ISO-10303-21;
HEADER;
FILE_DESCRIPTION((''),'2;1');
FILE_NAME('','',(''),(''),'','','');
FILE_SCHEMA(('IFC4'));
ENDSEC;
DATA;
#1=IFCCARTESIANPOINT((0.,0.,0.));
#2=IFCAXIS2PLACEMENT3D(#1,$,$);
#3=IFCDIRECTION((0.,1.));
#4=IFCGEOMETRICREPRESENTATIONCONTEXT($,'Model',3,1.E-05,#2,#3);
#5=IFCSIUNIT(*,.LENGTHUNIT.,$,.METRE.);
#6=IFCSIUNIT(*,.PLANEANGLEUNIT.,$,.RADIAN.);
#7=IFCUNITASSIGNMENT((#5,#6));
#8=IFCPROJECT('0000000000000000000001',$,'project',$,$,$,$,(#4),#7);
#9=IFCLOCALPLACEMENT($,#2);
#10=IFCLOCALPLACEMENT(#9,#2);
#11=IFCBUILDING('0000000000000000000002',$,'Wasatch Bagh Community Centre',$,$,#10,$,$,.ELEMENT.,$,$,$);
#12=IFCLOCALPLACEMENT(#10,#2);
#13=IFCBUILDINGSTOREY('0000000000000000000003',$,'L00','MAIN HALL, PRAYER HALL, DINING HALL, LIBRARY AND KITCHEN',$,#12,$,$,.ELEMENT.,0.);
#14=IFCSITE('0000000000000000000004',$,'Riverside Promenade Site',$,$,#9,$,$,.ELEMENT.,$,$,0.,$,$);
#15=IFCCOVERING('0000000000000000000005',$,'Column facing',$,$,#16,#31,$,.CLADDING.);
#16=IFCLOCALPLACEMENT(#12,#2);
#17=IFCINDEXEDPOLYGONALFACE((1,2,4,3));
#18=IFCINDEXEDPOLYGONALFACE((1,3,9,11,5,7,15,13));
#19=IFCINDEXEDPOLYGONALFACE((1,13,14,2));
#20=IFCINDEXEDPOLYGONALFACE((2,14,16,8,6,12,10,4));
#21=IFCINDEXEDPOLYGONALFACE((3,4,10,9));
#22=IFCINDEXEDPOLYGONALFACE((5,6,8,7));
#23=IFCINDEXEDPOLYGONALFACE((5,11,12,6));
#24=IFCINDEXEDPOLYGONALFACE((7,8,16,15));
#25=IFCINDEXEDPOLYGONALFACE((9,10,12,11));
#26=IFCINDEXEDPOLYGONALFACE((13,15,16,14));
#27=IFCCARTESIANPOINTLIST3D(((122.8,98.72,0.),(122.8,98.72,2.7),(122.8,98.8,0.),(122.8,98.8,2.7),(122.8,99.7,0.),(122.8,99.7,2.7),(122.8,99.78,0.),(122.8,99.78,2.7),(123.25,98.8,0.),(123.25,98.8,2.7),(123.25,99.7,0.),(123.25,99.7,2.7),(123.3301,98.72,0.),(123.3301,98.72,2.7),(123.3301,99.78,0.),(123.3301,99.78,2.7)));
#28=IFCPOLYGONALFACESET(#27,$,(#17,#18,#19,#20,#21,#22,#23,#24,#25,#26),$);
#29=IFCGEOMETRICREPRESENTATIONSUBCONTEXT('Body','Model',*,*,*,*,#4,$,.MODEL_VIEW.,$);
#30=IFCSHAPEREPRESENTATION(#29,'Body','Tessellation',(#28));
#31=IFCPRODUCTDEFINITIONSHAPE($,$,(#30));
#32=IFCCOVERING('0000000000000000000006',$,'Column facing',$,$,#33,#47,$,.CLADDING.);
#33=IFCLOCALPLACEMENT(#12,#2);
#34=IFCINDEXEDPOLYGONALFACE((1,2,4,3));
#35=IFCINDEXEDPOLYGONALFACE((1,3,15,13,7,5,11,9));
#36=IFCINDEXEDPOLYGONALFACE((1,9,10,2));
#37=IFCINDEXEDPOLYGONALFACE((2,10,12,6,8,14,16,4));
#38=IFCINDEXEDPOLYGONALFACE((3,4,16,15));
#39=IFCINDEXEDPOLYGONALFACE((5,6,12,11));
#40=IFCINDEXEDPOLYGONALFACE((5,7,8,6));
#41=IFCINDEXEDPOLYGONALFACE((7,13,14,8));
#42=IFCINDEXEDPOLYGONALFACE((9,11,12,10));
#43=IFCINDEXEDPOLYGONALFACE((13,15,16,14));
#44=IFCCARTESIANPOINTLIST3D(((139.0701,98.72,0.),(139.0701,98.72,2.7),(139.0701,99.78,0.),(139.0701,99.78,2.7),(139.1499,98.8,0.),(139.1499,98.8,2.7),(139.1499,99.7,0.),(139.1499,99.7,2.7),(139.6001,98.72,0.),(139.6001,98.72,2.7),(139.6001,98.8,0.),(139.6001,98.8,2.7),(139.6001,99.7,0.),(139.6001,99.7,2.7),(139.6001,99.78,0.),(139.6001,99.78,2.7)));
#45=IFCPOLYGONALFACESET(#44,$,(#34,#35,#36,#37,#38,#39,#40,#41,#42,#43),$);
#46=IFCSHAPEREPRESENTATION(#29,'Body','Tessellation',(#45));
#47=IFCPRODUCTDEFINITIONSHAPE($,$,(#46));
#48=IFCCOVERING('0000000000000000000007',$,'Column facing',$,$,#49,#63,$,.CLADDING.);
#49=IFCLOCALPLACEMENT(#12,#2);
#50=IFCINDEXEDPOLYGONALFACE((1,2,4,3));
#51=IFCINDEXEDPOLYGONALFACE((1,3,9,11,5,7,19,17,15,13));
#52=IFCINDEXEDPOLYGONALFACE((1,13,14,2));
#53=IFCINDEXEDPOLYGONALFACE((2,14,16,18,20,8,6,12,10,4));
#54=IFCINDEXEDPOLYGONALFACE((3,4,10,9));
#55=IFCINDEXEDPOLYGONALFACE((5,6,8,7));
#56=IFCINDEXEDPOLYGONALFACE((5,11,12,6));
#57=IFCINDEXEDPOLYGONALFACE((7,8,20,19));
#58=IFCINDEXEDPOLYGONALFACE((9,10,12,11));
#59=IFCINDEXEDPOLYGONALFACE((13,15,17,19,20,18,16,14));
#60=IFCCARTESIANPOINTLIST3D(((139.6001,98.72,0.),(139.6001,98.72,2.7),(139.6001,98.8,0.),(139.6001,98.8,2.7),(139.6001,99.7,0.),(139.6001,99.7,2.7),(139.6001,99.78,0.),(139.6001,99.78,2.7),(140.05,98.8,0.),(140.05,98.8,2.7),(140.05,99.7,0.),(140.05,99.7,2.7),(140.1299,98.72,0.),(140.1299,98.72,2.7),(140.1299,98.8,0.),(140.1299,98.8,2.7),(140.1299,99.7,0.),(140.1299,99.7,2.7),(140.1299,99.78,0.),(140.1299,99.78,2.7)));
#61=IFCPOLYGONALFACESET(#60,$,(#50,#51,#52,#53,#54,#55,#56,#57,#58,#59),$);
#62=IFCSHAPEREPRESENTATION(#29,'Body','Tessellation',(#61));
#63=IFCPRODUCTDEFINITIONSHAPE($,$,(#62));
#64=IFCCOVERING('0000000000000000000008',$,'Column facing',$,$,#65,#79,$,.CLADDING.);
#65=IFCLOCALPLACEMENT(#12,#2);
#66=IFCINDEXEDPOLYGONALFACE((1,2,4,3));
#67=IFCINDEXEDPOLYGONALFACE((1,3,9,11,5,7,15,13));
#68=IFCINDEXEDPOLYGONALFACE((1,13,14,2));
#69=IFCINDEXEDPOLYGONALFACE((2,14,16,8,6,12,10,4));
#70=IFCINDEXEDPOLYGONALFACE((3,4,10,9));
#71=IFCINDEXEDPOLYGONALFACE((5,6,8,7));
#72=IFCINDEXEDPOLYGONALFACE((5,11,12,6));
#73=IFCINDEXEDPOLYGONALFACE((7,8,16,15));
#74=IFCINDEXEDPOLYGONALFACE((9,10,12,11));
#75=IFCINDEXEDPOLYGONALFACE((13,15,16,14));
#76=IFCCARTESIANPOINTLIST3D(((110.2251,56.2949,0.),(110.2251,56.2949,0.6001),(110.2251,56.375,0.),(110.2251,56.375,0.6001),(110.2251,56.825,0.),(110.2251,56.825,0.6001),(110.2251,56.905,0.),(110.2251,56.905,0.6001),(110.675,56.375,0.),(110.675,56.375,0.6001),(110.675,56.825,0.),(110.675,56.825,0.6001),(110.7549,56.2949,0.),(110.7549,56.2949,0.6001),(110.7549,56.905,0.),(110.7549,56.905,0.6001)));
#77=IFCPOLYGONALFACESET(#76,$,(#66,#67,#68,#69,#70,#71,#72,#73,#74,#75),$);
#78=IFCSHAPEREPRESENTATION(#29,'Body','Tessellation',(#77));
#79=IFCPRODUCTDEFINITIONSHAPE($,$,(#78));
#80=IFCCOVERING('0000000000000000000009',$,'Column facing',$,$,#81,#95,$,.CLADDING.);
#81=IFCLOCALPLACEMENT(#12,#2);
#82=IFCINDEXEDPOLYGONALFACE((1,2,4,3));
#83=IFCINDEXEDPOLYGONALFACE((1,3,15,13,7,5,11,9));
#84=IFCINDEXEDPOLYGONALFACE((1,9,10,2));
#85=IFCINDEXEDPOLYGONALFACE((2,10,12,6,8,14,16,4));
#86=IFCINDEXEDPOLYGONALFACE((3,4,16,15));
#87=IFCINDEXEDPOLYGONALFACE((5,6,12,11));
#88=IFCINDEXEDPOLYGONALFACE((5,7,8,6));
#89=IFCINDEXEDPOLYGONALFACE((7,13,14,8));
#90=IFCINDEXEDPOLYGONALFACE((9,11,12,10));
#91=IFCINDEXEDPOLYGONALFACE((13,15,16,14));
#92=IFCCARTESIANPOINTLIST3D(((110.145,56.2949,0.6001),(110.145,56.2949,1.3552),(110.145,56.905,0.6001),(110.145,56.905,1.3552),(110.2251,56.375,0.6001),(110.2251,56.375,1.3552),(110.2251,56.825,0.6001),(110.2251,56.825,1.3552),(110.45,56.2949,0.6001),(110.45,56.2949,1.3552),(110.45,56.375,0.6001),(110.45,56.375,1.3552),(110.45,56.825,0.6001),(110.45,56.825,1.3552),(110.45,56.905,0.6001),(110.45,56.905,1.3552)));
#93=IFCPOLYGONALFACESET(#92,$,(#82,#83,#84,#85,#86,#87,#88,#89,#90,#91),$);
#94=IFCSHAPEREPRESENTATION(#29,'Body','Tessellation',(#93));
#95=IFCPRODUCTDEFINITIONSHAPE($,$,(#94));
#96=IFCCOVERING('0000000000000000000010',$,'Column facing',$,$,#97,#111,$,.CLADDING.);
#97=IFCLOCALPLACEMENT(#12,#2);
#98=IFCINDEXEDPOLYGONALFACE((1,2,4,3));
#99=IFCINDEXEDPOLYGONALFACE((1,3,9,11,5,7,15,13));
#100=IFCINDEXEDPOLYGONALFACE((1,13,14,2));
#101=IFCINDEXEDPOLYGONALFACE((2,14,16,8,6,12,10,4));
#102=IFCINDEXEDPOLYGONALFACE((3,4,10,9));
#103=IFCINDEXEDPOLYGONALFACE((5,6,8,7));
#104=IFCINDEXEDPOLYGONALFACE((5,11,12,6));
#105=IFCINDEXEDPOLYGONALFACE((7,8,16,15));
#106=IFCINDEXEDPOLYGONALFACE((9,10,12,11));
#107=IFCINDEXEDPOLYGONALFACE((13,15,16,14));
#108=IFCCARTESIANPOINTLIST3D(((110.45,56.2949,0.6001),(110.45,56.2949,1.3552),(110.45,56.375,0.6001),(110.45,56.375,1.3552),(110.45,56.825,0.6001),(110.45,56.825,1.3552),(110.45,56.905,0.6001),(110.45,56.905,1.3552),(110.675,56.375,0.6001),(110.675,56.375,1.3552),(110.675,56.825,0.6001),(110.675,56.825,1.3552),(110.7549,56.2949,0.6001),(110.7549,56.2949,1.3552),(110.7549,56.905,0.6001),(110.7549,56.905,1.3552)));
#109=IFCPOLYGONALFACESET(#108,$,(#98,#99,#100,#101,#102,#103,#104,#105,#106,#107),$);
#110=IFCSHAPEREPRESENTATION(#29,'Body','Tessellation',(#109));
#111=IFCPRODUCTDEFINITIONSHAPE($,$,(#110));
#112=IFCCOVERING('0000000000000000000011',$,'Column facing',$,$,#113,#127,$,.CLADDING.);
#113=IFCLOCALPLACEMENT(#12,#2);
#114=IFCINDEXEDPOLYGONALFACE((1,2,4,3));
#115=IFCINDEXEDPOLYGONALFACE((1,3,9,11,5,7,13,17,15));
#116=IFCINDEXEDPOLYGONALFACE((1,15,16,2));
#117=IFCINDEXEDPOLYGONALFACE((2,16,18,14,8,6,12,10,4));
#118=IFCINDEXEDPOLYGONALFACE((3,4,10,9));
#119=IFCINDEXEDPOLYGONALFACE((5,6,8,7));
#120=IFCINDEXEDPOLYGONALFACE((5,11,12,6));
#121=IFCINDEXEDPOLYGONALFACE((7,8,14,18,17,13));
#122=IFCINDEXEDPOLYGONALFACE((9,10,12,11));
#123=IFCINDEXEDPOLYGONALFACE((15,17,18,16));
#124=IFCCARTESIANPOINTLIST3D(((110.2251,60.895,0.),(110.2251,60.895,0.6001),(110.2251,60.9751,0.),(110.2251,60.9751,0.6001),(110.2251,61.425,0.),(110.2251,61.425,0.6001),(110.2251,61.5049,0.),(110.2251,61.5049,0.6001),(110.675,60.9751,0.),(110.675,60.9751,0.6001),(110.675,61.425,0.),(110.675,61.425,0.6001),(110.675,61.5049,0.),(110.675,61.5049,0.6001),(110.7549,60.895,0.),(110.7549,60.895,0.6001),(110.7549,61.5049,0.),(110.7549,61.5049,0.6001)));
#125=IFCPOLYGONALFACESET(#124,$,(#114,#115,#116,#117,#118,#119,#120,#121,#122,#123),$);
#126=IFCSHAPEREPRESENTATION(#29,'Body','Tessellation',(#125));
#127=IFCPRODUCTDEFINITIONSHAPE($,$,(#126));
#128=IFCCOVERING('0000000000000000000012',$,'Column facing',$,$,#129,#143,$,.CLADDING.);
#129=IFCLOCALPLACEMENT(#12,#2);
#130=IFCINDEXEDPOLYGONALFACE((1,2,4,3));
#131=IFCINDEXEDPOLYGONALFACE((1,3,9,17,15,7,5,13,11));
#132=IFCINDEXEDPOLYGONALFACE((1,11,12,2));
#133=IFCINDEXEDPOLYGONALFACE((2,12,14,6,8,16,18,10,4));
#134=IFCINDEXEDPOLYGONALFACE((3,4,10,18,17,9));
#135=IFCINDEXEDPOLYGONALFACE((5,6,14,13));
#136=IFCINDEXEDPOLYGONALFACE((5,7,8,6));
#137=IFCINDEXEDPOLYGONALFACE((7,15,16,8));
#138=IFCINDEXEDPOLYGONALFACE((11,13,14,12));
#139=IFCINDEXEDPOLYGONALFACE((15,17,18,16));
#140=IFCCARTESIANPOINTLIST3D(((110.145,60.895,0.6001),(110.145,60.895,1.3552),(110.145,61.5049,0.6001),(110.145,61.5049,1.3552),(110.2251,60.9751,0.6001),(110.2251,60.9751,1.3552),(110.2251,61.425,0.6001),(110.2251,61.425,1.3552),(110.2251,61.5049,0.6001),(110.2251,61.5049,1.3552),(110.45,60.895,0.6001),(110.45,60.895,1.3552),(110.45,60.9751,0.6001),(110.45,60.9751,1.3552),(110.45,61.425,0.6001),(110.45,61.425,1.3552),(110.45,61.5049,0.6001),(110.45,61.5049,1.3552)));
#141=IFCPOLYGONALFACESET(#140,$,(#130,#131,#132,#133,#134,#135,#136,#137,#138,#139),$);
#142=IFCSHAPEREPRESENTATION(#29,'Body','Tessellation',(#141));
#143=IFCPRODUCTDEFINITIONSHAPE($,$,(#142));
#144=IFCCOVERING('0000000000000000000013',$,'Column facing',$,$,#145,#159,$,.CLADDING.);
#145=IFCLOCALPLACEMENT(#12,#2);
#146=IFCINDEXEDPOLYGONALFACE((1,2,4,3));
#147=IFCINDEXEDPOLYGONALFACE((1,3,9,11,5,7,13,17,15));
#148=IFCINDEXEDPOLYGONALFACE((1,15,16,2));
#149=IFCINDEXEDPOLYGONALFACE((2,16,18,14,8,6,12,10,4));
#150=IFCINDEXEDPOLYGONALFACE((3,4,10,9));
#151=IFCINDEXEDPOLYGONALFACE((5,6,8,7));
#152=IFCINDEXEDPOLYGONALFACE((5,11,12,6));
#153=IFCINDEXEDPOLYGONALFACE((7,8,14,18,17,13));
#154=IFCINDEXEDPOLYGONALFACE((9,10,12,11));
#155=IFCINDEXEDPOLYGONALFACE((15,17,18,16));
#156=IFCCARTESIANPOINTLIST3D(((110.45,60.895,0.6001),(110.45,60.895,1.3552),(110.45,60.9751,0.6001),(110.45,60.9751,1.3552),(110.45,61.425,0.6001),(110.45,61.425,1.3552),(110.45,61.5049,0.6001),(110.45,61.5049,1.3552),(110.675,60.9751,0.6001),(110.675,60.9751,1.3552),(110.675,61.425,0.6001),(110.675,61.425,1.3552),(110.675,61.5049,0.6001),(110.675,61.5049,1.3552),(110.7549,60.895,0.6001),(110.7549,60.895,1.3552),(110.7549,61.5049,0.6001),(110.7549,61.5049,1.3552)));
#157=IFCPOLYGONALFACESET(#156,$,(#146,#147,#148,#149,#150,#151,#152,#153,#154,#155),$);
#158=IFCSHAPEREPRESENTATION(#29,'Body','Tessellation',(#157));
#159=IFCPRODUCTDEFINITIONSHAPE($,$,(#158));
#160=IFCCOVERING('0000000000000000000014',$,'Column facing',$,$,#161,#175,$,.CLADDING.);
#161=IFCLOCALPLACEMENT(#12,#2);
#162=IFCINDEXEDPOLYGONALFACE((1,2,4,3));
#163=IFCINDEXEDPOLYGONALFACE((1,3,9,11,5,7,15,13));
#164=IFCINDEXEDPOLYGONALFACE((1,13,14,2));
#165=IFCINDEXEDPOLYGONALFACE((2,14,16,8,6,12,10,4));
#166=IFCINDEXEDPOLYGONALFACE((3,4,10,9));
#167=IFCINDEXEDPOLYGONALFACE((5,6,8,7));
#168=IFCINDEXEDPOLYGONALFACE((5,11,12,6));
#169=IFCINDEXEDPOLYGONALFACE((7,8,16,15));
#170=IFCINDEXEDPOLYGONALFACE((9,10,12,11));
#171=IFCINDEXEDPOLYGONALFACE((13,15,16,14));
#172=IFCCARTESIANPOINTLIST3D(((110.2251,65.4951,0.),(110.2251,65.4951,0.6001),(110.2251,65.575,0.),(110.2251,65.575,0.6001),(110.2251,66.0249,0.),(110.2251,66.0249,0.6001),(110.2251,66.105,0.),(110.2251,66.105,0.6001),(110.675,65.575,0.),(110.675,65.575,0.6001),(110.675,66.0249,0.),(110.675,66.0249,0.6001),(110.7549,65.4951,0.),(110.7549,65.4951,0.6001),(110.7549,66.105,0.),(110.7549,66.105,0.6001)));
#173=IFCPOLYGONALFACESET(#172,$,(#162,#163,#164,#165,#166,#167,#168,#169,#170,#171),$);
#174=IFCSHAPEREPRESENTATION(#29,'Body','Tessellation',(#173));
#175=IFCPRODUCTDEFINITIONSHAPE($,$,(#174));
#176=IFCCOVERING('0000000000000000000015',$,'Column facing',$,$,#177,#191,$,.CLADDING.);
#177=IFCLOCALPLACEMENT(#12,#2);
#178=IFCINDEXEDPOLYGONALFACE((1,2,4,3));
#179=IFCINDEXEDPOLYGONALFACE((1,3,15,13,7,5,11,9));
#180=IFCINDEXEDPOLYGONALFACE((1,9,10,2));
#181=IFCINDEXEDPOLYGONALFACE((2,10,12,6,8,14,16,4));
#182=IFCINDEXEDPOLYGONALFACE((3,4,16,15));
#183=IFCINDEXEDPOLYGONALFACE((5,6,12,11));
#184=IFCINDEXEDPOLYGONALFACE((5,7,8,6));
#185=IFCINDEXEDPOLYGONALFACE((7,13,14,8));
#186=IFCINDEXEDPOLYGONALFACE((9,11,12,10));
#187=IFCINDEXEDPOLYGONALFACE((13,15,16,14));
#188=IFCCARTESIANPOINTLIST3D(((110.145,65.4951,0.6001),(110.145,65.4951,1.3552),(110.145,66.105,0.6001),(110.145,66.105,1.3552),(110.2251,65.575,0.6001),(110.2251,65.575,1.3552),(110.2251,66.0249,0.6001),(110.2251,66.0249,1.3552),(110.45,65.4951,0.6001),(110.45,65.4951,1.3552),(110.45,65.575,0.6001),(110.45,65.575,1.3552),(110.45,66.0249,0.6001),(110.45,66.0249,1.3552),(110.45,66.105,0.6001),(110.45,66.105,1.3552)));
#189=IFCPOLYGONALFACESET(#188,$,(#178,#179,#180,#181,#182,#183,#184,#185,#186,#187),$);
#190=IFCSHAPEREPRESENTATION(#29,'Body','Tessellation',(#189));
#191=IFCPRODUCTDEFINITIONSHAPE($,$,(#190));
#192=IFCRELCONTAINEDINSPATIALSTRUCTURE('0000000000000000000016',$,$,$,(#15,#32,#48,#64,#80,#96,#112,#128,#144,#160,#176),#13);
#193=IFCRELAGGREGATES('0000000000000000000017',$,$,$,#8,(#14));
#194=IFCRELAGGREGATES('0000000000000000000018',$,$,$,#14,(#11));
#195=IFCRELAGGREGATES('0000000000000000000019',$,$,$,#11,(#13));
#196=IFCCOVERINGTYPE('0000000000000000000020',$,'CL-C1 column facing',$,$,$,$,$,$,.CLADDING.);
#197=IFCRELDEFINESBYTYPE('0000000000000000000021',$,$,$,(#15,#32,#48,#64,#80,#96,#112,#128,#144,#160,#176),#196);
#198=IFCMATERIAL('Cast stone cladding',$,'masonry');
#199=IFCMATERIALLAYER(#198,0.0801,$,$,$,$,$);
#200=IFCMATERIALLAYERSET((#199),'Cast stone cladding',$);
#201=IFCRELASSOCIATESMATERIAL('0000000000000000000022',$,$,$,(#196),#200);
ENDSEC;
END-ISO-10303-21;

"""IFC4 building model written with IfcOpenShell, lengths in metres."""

from ifc_helpers import new_model, si_unit, direction, frame, origin, place, context, subcontext, project, spatial, polyline, outline, extrude, material, layer, layer_set, type_object, element, save


model = new_model("IFC4")

# Units and contexts
model_context = context("Model", 3, precision=1e-05, world=origin(), true_north=direction((0.0, 1.0)))
body_context = subcontext(model_context, "Body", "Model", "MODEL_VIEW")
ifc_project = project(units=[si_unit("LENGTHUNIT", "METRE"), si_unit("PLANEANGLEUNIT", "RADIAN")], contexts=[model_context])

# Site, building, storey
site_placement = place(None, origin())
site = spatial("IfcSite", under=ifc_project, at=site_placement, Name="Riverside Promenade Site", CompositionType="ELEMENT", RefElevation=0.0)
building_placement = place(site_placement, origin())
building = spatial("IfcBuilding", under=site, at=building_placement, Name="Wasatch Bagh Community Centre", CompositionType="ELEMENT")
storey_placement = place(building_placement, origin())
storey = spatial("IfcBuildingStorey", under=building, at=storey_placement, Name="L00", Description="MAIN HALL, PRAYER HALL, DINING HALL, LIBRARY AND KITCHEN", CompositionType="ELEMENT", Elevation=0.0)

# Coverings
ifc_material = material(Name="Cast stone cladding", Category="masonry")
ifc_layer = layer(ifc_material, 0.0801)
ifc_layer_set = layer_set([ifc_layer], Name="Cast stone cladding")
covering_type = type_object("IfcCoveringType", Name="CL-C1 column facing", PredefinedType="CLADDING", material=ifc_layer_set)
covering_1_placement = place(storey_placement, origin())
element("IfcCovering", 1, at=covering_1_placement, inside=storey, type_object=covering_type, Name="Column facing", PredefinedType="CLADDING", context=body_context, shape_type="SweptSolid", body=[
    extrude(outline(polyline([(123.3301, 99.78), (123.3301, 98.72), (122.8, 98.72), (122.8, 98.8), (123.25, 98.8), (123.25, 99.7), (122.8, 99.7), (122.8, 99.78), (123.3301, 99.78)])), origin(), (0.0, 0.0, 1.0), 2.7),
])
covering_2_placement = place(storey_placement, origin())
element("IfcCovering", 2, at=covering_2_placement, inside=storey, type_object=covering_type, Name="Column facing", PredefinedType="CLADDING", context=body_context, shape_type="SweptSolid", body=[
    extrude(outline(polyline([(139.6001, 99.78), (139.6001, 99.7), (139.1499, 99.7), (139.1499, 98.8), (139.6001, 98.8), (139.6001, 98.72), (139.0701, 98.72), (139.0701, 99.78), (139.6001, 99.78)])), origin(), (0.0, 0.0, 1.0), 2.7),
])
covering_3_placement = place(storey_placement, origin())
element("IfcCovering", 3, at=covering_3_placement, inside=storey, type_object=covering_type, Name="Column facing", PredefinedType="CLADDING", context=body_context, shape_type="SweptSolid", body=[
    extrude(outline(polyline([(140.1299, 99.78), (140.1299, 99.7), (140.1299, 98.8), (140.1299, 98.72), (139.6001, 98.72), (139.6001, 98.8), (140.05, 98.8), (140.05, 99.7), (139.6001, 99.7), (139.6001, 99.78), (140.1299, 99.78)])), origin(), (0.0, 0.0, 1.0), 2.7),
])
covering_4_placement = place(storey_placement, origin())
element("IfcCovering", 4, at=covering_4_placement, inside=storey, type_object=covering_type, Name="Column facing", PredefinedType="CLADDING", context=body_context, shape_type="SweptSolid", body=[
    extrude(outline(polyline([(110.7549, 56.2949), (110.2251, 56.2949), (110.2251, 56.375), (110.675, 56.375), (110.675, 56.825), (110.2251, 56.825), (110.2251, 56.905), (110.7549, 56.905), (110.7549, 56.2949)])), origin(), (0.0, 0.0, 1.0), 0.6001),
])
covering_5_placement = place(storey_placement, frame((0.0, 0.0, 0.6001)))
element("IfcCovering", 5, at=covering_5_placement, inside=storey, type_object=covering_type, Name="Column facing", PredefinedType="CLADDING", context=body_context, shape_type="SweptSolid", body=[
    extrude(outline(polyline([(110.45, 56.905), (110.45, 56.825), (110.2251, 56.825), (110.2251, 56.375), (110.45, 56.375), (110.45, 56.2949), (110.145, 56.2949), (110.145, 56.905), (110.45, 56.905)])), origin(), (0.0, 0.0, 1.0), 0.7551),
])
covering_6_placement = place(storey_placement, frame((0.0, 0.0, 0.6001)))
element("IfcCovering", 6, at=covering_6_placement, inside=storey, type_object=covering_type, Name="Column facing", PredefinedType="CLADDING", context=body_context, shape_type="SweptSolid", body=[
    extrude(outline(polyline([(110.7549, 56.905), (110.7549, 56.2949), (110.45, 56.2949), (110.45, 56.375), (110.675, 56.375), (110.675, 56.825), (110.45, 56.825), (110.45, 56.905), (110.7549, 56.905)])), origin(), (0.0, 0.0, 1.0), 0.7551),
])
covering_7_placement = place(storey_placement, origin())
element("IfcCovering", 7, at=covering_7_placement, inside=storey, type_object=covering_type, Name="Column facing", PredefinedType="CLADDING", context=body_context, shape_type="SweptSolid", body=[
    extrude(outline(polyline([(110.7549, 60.895), (110.2251, 60.895), (110.2251, 60.9751), (110.675, 60.9751), (110.675, 61.425), (110.2251, 61.425), (110.2251, 61.5049), (110.675, 61.5049), (110.7549, 61.5049), (110.7549, 60.895)])), origin(), (0.0, 0.0, 1.0), 0.6001),
])
covering_8_placement = place(storey_placement, frame((0.0, 0.0, 0.6001)))
element("IfcCovering", 8, at=covering_8_placement, inside=storey, type_object=covering_type, Name="Column facing", PredefinedType="CLADDING", context=body_context, shape_type="SweptSolid", body=[
    extrude(outline(polyline([(110.2251, 61.5049), (110.45, 61.5049), (110.45, 61.425), (110.2251, 61.425), (110.2251, 60.9751), (110.45, 60.9751), (110.45, 60.895), (110.145, 60.895), (110.145, 61.5049), (110.2251, 61.5049)])), origin(), (0.0, 0.0, 1.0), 0.7551),
])
covering_9_placement = place(storey_placement, frame((0.0, 0.0, 0.6001)))
element("IfcCovering", 9, at=covering_9_placement, inside=storey, type_object=covering_type, Name="Column facing", PredefinedType="CLADDING", context=body_context, shape_type="SweptSolid", body=[
    extrude(outline(polyline([(110.675, 61.5049), (110.7549, 61.5049), (110.7549, 60.895), (110.45, 60.895), (110.45, 60.9751), (110.675, 60.9751), (110.675, 61.425), (110.45, 61.425), (110.45, 61.5049), (110.675, 61.5049)])), origin(), (0.0, 0.0, 1.0), 0.7551),
])
covering_10_placement = place(storey_placement, origin())
element("IfcCovering", 10, at=covering_10_placement, inside=storey, type_object=covering_type, Name="Column facing", PredefinedType="CLADDING", context=body_context, shape_type="SweptSolid", body=[
    extrude(outline(polyline([(110.7549, 65.4951), (110.2251, 65.4951), (110.2251, 65.575), (110.675, 65.575), (110.675, 66.0249), (110.2251, 66.0249), (110.2251, 66.105), (110.7549, 66.105), (110.7549, 65.4951)])), origin(), (0.0, 0.0, 1.0), 0.6001),
])
covering_11_placement = place(storey_placement, frame((0.0, 0.0, 0.6001)))
element("IfcCovering", 11, at=covering_11_placement, inside=storey, type_object=covering_type, Name="Column facing", PredefinedType="CLADDING", context=body_context, shape_type="SweptSolid", body=[
    extrude(outline(polyline([(110.45, 66.105), (110.45, 66.0249), (110.2251, 66.0249), (110.2251, 65.575), (110.45, 65.575), (110.45, 65.4951), (110.145, 65.4951), (110.145, 66.105), (110.45, 66.105)])), origin(), (0.0, 0.0, 1.0), 0.7551),
])

save(model, "model.ifc")
